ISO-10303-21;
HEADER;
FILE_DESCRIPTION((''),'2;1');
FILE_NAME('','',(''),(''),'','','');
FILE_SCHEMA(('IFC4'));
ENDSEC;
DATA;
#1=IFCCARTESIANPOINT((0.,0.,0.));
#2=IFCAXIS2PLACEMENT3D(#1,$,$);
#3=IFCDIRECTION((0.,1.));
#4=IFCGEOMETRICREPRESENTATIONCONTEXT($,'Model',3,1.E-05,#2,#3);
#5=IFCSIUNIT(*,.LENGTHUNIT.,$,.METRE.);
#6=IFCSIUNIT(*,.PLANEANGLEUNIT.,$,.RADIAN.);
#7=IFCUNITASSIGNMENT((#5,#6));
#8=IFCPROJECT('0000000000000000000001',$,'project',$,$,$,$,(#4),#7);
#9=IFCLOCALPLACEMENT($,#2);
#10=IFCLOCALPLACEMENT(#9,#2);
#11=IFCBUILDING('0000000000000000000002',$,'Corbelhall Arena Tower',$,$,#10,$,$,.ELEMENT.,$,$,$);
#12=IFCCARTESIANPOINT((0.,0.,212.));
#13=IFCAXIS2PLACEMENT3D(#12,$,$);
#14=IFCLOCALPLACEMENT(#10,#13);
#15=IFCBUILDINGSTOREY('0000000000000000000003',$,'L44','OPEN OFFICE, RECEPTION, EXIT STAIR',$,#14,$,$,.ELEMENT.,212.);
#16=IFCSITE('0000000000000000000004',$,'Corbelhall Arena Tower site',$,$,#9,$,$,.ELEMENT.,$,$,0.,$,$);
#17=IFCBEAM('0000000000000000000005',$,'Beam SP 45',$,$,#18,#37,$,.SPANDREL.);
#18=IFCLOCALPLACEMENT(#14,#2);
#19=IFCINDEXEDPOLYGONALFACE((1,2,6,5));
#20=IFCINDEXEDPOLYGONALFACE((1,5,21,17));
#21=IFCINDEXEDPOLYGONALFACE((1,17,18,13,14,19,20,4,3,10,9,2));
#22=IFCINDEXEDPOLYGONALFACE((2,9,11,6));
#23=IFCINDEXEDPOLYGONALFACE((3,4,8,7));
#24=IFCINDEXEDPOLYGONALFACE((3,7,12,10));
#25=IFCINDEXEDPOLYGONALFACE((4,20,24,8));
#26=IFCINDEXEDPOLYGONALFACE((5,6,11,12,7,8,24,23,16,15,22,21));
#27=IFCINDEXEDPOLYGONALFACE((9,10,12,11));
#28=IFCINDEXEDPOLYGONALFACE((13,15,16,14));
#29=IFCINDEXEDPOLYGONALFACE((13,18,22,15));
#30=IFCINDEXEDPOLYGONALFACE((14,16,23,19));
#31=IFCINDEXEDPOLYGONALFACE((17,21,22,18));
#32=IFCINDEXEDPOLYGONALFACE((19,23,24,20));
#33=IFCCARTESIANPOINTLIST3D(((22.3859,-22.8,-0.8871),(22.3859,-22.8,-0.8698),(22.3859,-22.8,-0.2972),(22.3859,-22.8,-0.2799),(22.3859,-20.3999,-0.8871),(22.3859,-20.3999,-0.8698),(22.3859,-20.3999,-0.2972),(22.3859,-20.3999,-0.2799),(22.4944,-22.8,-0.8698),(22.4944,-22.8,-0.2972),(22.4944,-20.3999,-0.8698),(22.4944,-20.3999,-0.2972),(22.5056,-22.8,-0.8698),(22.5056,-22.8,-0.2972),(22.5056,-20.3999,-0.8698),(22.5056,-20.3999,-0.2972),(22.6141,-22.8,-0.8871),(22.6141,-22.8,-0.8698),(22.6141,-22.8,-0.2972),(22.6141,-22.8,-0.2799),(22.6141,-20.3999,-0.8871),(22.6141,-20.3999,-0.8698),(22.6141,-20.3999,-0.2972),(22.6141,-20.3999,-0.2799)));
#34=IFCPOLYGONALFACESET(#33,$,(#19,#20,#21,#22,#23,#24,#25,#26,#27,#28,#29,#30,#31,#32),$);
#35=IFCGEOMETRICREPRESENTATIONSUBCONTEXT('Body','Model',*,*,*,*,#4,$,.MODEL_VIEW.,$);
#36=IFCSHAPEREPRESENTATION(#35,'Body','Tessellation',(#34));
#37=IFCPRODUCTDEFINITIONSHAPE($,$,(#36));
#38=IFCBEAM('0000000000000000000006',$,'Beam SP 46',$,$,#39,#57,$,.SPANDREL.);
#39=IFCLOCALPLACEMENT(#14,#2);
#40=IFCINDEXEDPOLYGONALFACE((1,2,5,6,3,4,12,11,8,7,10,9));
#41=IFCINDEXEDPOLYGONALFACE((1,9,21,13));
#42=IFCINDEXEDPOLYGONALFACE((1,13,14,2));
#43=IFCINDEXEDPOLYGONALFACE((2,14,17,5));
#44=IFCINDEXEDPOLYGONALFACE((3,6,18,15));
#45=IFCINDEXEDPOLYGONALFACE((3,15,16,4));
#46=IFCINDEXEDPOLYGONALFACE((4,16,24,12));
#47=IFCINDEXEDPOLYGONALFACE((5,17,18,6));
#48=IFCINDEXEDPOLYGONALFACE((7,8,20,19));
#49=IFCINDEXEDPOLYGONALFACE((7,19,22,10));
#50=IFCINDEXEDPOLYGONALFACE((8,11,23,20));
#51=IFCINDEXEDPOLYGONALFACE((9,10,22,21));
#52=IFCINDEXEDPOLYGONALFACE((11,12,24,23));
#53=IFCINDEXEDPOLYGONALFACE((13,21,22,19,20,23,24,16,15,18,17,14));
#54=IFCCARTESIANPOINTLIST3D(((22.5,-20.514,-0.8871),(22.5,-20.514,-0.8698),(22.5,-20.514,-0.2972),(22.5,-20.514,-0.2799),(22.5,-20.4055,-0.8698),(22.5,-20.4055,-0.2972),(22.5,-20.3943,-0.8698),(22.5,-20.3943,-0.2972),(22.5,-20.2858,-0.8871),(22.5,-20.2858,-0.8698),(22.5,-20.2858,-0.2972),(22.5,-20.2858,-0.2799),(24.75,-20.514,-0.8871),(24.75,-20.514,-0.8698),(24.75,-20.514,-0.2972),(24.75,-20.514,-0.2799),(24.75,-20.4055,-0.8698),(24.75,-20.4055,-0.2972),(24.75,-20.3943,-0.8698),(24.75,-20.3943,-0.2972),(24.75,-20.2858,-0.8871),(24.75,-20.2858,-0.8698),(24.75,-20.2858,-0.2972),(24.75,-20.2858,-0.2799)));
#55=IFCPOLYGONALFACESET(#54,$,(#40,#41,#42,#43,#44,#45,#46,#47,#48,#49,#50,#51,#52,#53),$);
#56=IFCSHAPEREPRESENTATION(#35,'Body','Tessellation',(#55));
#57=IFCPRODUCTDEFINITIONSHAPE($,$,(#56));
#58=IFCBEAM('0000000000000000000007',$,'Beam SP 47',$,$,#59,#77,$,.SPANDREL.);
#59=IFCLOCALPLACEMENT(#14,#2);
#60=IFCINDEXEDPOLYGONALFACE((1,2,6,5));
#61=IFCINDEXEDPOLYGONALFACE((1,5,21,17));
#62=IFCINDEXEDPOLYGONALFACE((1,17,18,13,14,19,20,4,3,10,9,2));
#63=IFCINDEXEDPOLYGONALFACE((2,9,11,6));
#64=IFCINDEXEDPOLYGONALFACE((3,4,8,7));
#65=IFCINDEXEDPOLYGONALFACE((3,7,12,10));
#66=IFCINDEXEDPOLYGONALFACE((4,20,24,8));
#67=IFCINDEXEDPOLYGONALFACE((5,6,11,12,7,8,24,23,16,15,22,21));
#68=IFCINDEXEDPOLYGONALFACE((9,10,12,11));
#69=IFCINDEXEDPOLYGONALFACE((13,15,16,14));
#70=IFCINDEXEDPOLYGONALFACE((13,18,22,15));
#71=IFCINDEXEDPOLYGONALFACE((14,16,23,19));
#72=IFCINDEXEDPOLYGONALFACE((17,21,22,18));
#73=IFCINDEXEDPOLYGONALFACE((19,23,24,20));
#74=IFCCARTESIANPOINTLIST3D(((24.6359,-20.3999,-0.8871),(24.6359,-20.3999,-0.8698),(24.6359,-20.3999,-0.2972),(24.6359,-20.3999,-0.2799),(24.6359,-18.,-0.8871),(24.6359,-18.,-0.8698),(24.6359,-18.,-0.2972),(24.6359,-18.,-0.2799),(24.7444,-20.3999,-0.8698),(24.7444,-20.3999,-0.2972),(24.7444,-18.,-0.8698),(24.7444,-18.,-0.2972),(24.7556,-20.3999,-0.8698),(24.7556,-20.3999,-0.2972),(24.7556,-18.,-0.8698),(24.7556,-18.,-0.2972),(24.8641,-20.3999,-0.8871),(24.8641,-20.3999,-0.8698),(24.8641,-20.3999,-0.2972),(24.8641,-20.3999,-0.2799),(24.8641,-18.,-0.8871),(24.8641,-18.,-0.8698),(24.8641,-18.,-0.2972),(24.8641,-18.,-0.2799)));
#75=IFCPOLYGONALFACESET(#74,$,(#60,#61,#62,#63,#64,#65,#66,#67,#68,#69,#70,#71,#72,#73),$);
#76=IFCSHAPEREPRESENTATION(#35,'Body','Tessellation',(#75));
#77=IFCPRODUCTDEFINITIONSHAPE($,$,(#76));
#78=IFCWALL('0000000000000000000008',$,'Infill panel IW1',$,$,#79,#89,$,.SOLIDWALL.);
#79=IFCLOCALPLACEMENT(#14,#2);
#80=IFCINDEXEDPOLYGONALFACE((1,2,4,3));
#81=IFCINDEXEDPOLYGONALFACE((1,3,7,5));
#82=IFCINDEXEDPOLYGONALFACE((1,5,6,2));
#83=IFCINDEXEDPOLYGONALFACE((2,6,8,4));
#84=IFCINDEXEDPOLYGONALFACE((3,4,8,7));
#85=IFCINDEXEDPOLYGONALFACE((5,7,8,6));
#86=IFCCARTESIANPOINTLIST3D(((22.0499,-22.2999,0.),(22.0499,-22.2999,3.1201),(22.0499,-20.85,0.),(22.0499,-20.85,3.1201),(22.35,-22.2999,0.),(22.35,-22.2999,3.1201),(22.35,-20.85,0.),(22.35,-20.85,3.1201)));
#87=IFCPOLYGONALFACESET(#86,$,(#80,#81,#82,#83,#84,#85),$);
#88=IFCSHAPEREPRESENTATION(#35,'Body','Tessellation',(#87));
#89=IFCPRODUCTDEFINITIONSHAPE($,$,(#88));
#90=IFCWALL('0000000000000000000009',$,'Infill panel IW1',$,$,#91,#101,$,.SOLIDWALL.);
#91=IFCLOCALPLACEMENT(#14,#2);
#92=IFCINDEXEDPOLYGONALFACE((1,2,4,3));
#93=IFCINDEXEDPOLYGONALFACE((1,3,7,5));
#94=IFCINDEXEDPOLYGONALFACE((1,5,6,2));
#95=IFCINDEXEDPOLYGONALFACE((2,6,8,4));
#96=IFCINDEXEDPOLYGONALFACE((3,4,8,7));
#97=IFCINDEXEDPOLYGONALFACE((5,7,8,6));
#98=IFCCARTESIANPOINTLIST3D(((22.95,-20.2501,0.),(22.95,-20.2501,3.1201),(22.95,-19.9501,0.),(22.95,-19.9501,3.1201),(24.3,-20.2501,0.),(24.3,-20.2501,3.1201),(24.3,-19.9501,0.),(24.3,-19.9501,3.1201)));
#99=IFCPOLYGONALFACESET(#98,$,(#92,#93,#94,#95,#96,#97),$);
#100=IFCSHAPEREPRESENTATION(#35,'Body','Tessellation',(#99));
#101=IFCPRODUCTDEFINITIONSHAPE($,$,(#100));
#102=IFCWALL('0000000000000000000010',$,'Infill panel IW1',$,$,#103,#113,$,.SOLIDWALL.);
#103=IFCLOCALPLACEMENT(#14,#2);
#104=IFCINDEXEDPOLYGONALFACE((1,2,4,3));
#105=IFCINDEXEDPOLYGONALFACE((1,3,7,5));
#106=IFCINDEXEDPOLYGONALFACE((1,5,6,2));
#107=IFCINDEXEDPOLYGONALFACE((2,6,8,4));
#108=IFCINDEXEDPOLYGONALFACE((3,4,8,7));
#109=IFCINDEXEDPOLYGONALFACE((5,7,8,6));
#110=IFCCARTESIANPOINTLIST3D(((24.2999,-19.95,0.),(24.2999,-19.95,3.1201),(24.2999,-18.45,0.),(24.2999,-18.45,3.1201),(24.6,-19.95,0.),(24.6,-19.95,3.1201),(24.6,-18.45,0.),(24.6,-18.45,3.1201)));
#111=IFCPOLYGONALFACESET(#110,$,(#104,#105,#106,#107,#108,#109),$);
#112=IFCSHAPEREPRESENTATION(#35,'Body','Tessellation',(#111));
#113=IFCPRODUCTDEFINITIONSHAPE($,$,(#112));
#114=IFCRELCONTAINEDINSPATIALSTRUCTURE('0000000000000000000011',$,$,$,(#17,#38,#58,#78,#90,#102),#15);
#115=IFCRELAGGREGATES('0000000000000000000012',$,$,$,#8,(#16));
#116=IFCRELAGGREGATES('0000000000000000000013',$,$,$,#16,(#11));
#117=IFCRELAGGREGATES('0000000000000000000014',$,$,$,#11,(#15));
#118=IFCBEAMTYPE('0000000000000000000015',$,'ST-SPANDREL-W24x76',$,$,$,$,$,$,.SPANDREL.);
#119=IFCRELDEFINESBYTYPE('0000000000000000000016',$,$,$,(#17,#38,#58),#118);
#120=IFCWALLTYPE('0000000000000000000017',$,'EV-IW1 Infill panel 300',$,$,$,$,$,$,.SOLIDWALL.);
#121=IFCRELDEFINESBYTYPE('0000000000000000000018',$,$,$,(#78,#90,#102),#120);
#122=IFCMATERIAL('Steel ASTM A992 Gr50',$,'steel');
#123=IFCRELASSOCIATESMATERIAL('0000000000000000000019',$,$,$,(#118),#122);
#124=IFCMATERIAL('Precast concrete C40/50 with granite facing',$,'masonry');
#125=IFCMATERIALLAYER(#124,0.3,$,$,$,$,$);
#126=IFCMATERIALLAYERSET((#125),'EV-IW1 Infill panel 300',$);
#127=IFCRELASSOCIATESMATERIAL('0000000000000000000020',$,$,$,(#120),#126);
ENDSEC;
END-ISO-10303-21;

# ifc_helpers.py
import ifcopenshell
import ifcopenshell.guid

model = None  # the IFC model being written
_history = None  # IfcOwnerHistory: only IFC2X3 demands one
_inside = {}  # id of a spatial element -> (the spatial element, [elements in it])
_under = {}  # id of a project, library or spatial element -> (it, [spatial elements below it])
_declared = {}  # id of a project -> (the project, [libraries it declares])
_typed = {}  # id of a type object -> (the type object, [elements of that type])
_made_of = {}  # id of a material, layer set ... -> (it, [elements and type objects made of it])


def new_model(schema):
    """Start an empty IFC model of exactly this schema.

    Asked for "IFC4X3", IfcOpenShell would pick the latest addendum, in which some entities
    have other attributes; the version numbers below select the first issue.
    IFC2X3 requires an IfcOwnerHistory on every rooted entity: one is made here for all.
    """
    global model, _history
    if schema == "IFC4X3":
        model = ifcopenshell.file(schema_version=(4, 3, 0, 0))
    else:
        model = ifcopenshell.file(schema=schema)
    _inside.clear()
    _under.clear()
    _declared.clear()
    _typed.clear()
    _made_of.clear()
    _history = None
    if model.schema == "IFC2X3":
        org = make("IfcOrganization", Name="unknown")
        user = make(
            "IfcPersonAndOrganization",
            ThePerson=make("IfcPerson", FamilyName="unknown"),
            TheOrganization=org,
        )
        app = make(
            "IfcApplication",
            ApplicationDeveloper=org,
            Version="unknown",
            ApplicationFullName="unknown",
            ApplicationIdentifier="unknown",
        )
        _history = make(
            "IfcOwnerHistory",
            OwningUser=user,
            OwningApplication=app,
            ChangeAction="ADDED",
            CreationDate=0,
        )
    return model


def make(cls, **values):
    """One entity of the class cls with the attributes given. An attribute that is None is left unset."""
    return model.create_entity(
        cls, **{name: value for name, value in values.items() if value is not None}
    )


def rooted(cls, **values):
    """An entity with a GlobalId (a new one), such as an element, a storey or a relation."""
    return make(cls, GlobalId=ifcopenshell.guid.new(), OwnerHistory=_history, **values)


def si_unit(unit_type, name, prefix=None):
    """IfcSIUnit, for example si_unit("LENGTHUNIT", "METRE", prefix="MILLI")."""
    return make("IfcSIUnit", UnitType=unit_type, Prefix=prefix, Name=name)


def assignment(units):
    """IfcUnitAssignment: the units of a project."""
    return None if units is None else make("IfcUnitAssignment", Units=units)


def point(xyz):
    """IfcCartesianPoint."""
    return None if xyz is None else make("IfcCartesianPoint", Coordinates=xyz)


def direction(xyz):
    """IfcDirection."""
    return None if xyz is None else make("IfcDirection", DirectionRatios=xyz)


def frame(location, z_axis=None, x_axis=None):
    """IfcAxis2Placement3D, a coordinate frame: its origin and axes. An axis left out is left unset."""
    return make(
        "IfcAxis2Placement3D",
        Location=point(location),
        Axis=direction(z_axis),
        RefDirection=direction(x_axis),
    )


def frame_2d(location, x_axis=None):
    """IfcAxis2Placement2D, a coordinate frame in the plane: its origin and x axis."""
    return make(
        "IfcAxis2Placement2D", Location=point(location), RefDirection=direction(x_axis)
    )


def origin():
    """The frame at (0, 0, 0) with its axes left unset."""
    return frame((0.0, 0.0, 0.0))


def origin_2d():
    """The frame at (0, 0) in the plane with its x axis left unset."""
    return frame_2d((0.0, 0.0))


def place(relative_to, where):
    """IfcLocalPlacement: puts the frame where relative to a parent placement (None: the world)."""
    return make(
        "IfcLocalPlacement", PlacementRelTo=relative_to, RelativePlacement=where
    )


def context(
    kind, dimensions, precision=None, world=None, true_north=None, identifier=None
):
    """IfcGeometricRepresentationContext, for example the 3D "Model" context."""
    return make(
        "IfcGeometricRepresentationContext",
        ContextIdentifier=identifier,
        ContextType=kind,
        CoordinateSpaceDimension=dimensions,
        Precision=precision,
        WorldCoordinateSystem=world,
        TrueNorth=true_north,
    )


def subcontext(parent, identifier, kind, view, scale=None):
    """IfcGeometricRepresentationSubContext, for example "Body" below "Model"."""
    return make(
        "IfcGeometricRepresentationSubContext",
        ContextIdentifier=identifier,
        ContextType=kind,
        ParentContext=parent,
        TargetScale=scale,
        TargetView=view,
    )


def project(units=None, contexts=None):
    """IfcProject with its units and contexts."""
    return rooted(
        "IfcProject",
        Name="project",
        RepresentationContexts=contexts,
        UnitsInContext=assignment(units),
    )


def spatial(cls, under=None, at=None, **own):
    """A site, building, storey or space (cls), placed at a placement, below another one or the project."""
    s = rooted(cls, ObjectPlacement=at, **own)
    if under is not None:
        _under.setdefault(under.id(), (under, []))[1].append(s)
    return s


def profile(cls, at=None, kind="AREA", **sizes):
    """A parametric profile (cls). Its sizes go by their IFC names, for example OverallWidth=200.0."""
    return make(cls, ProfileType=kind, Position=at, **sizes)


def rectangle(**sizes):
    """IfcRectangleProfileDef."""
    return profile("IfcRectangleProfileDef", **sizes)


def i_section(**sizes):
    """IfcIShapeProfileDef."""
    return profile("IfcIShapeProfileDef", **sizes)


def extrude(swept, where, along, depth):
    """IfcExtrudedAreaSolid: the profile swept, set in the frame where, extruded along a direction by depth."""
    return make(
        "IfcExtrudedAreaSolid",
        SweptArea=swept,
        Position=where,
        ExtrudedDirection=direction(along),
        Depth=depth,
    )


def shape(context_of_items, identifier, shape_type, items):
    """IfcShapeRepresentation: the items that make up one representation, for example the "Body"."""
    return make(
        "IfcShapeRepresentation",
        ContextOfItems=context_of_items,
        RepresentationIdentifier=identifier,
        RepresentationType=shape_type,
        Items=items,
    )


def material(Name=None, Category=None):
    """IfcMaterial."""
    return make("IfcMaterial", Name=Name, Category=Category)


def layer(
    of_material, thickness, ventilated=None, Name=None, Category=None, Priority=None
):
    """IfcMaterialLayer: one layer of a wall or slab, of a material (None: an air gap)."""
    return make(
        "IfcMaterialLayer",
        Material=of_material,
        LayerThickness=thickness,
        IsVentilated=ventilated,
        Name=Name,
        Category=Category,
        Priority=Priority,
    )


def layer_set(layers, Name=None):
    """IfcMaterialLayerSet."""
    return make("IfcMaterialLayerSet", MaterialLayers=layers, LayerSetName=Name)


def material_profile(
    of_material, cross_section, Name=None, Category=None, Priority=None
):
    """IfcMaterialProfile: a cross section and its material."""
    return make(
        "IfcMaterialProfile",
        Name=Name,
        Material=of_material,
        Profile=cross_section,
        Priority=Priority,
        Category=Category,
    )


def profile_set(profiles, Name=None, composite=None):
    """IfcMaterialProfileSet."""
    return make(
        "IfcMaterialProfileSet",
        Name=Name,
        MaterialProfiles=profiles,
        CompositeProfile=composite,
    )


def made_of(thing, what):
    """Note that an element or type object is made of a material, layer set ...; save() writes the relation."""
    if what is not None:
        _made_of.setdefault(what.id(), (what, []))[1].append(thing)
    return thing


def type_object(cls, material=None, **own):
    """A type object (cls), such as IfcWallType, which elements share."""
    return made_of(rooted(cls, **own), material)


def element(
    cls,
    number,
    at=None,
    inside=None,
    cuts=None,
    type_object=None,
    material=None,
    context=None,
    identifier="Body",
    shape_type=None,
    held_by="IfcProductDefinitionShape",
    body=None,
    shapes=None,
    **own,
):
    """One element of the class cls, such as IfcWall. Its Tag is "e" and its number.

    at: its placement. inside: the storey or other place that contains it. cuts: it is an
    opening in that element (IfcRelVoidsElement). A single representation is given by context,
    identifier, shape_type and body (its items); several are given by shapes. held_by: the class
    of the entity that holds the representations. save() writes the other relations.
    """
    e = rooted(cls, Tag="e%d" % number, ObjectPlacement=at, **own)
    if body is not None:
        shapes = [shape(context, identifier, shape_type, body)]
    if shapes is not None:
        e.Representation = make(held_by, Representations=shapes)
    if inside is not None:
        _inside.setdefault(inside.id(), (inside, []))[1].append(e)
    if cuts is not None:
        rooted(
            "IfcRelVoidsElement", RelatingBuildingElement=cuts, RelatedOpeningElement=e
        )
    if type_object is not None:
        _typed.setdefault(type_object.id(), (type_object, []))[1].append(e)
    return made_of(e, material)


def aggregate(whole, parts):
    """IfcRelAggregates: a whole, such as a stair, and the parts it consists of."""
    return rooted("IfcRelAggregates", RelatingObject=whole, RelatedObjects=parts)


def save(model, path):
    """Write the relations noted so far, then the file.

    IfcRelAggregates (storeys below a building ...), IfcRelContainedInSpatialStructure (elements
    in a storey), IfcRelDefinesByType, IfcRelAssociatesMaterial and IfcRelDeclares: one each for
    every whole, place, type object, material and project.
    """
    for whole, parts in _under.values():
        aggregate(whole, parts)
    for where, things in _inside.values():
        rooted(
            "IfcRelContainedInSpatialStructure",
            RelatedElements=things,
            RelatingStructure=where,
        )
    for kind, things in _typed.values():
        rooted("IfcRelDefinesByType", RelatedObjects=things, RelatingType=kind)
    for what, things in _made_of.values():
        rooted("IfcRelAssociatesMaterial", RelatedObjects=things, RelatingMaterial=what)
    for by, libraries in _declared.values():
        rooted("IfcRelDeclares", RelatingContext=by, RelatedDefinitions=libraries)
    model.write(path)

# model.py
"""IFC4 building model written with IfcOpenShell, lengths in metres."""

from ifc_helpers import new_model, si_unit, direction, frame, frame_2d, origin, origin_2d, place, context, subcontext, project, spatial, rectangle, i_section, extrude, material, layer, layer_set, material_profile, profile_set, type_object, element, save


model = new_model("IFC4")

# Units and contexts
model_context = context("Model", 3, precision=1e-05, world=origin(), true_north=direction((0.0, 1.0)))
body_context = subcontext(model_context, "Body", "Model", "MODEL_VIEW")
ifc_project = project(units=[si_unit("LENGTHUNIT", "METRE"), si_unit("PLANEANGLEUNIT", "RADIAN")], contexts=[model_context])

# Site, building, storey
site_placement = place(None, origin())
site = spatial("IfcSite", under=ifc_project, at=site_placement, Name="Corbelhall Arena Tower site", CompositionType="ELEMENT", RefElevation=0.0)
building_placement = place(site_placement, origin())
building = spatial("IfcBuilding", under=site, at=building_placement, Name="Corbelhall Arena Tower", CompositionType="ELEMENT")
storey_placement = place(building_placement, frame((0.0, 0.0, 212.0)))
storey = spatial("IfcBuildingStorey", under=building, at=storey_placement, Name="L44", Description="OPEN OFFICE, RECEPTION, EXIT STAIR", CompositionType="ELEMENT", Elevation=212.0)

# Beams
ifc_material_1 = material(Name="Steel ASTM A992 Gr50", Category="steel")
ifc_material_profile_1 = material_profile(ifc_material_1, i_section(OverallWidth=0.2283, OverallDepth=0.6072, WebThickness=0.0112, FlangeThickness=0.0173, at=origin_2d()))
ifc_profile_set_1 = profile_set([ifc_material_profile_1], Name="Steel ASTM A992 Gr50")
beam_type = type_object("IfcBeamType", Name="ST-SPANDREL-W24x76", PredefinedType="SPANDREL", material=ifc_profile_set_1)
beam_1_placement = place(storey_placement, frame((22.5, -20.3999, -0.5835), z_axis=(0.0, -1.0, 0.0), x_axis=(1.0, 0.0, 0.0)))
element("IfcBeam", 1, at=beam_1_placement, inside=storey, type_object=beam_type, Name="Beam SP 45", PredefinedType="SPANDREL", context=body_context, shape_type="SweptSolid", body=[
    extrude(i_section(OverallWidth=0.2283, OverallDepth=0.6072, WebThickness=0.0112, FlangeThickness=0.0173, at=origin_2d()), origin(), (0.0, 0.0, 1.0), 2.4001),
])
beam_2_placement = place(storey_placement, frame((24.75, -20.3999, -0.5835), z_axis=(-1.0, 0.0, 0.0), x_axis=(0.0, -1.0, 0.0)))
element("IfcBeam", 2, at=beam_2_placement, inside=storey, type_object=beam_type, Name="Beam SP 46", PredefinedType="SPANDREL", context=body_context, shape_type="SweptSolid", body=[
    extrude(i_section(OverallWidth=0.2283, OverallDepth=0.6072, WebThickness=0.0112, FlangeThickness=0.0173, at=origin_2d()), origin(), (0.0, 0.0, 1.0), 2.25),
])
beam_3_placement = place(storey_placement, frame((24.75, -18.0, -0.5835), z_axis=(0.0, -1.0, 0.0), x_axis=(1.0, 0.0, 0.0)))
element("IfcBeam", 3, at=beam_3_placement, inside=storey, type_object=beam_type, Name="Beam SP 47", PredefinedType="SPANDREL", context=body_context, shape_type="SweptSolid", body=[
    extrude(i_section(OverallWidth=0.2283, OverallDepth=0.6072, WebThickness=0.0112, FlangeThickness=0.0173, at=origin_2d()), origin(), (0.0, 0.0, 1.0), 2.3999),
])

# Shared definitions
ifc_material_2 = material(Name="Precast concrete C40/50 with granite facing", Category="masonry")
ifc_layer_1 = layer(ifc_material_2, 0.3)
ifc_layer_set_1 = layer_set([ifc_layer_1], Name="EV-IW1 Infill panel 300")
wall_type_1 = type_object("IfcWallType", Name="EV-IW1 Infill panel 300", PredefinedType="SOLIDWALL", material=ifc_layer_set_1)

# Walls
wall_1_placement = place(storey_placement, frame((22.2, -22.3, 0.0), z_axis=(0.0, 0.0, 1.0), x_axis=(0.0, 1.0, 0.0)))
element("IfcWall", 4, at=wall_1_placement, inside=storey, type_object=wall_type_1, Name="Infill panel IW1", PredefinedType="SOLIDWALL", context=body_context, shape_type="SweptSolid", body=[
    extrude(rectangle(XDim=1.45, YDim=0.3, at=frame_2d((0.7251, 0.0))), origin(), (0.0, 0.0, 1.0), 3.1201),
])
wall_2_placement = place(storey_placement, frame((22.95, -20.1001, 0.0), z_axis=(0.0, 0.0, 1.0), x_axis=(1.0, 0.0, 0.0)))
element("IfcWall", 5, at=wall_2_placement, inside=storey, type_object=wall_type_1, Name="Infill panel IW1", PredefinedType="SOLIDWALL", context=body_context, shape_type="SweptSolid", body=[
    extrude(rectangle(XDim=1.3501, YDim=0.3, at=frame_2d((0.675, 0.0))), origin(), (0.0, 0.0, 1.0), 3.1201),
])
wall_3_placement = place(storey_placement, frame((24.45, -19.95, 0.0), z_axis=(0.0, 0.0, 1.0), x_axis=(0.0, 1.0, 0.0)))
element("IfcWall", 6, at=wall_3_placement, inside=storey, type_object=wall_type_1, Name="Infill panel IW1", PredefinedType="SOLIDWALL", context=body_context, shape_type="SweptSolid", body=[
    extrude(rectangle(XDim=1.5, YDim=0.3, at=frame_2d((0.75, 0.0))), origin(), (0.0, 0.0, 1.0), 3.1201),
])

save(model, "model.ifc")
